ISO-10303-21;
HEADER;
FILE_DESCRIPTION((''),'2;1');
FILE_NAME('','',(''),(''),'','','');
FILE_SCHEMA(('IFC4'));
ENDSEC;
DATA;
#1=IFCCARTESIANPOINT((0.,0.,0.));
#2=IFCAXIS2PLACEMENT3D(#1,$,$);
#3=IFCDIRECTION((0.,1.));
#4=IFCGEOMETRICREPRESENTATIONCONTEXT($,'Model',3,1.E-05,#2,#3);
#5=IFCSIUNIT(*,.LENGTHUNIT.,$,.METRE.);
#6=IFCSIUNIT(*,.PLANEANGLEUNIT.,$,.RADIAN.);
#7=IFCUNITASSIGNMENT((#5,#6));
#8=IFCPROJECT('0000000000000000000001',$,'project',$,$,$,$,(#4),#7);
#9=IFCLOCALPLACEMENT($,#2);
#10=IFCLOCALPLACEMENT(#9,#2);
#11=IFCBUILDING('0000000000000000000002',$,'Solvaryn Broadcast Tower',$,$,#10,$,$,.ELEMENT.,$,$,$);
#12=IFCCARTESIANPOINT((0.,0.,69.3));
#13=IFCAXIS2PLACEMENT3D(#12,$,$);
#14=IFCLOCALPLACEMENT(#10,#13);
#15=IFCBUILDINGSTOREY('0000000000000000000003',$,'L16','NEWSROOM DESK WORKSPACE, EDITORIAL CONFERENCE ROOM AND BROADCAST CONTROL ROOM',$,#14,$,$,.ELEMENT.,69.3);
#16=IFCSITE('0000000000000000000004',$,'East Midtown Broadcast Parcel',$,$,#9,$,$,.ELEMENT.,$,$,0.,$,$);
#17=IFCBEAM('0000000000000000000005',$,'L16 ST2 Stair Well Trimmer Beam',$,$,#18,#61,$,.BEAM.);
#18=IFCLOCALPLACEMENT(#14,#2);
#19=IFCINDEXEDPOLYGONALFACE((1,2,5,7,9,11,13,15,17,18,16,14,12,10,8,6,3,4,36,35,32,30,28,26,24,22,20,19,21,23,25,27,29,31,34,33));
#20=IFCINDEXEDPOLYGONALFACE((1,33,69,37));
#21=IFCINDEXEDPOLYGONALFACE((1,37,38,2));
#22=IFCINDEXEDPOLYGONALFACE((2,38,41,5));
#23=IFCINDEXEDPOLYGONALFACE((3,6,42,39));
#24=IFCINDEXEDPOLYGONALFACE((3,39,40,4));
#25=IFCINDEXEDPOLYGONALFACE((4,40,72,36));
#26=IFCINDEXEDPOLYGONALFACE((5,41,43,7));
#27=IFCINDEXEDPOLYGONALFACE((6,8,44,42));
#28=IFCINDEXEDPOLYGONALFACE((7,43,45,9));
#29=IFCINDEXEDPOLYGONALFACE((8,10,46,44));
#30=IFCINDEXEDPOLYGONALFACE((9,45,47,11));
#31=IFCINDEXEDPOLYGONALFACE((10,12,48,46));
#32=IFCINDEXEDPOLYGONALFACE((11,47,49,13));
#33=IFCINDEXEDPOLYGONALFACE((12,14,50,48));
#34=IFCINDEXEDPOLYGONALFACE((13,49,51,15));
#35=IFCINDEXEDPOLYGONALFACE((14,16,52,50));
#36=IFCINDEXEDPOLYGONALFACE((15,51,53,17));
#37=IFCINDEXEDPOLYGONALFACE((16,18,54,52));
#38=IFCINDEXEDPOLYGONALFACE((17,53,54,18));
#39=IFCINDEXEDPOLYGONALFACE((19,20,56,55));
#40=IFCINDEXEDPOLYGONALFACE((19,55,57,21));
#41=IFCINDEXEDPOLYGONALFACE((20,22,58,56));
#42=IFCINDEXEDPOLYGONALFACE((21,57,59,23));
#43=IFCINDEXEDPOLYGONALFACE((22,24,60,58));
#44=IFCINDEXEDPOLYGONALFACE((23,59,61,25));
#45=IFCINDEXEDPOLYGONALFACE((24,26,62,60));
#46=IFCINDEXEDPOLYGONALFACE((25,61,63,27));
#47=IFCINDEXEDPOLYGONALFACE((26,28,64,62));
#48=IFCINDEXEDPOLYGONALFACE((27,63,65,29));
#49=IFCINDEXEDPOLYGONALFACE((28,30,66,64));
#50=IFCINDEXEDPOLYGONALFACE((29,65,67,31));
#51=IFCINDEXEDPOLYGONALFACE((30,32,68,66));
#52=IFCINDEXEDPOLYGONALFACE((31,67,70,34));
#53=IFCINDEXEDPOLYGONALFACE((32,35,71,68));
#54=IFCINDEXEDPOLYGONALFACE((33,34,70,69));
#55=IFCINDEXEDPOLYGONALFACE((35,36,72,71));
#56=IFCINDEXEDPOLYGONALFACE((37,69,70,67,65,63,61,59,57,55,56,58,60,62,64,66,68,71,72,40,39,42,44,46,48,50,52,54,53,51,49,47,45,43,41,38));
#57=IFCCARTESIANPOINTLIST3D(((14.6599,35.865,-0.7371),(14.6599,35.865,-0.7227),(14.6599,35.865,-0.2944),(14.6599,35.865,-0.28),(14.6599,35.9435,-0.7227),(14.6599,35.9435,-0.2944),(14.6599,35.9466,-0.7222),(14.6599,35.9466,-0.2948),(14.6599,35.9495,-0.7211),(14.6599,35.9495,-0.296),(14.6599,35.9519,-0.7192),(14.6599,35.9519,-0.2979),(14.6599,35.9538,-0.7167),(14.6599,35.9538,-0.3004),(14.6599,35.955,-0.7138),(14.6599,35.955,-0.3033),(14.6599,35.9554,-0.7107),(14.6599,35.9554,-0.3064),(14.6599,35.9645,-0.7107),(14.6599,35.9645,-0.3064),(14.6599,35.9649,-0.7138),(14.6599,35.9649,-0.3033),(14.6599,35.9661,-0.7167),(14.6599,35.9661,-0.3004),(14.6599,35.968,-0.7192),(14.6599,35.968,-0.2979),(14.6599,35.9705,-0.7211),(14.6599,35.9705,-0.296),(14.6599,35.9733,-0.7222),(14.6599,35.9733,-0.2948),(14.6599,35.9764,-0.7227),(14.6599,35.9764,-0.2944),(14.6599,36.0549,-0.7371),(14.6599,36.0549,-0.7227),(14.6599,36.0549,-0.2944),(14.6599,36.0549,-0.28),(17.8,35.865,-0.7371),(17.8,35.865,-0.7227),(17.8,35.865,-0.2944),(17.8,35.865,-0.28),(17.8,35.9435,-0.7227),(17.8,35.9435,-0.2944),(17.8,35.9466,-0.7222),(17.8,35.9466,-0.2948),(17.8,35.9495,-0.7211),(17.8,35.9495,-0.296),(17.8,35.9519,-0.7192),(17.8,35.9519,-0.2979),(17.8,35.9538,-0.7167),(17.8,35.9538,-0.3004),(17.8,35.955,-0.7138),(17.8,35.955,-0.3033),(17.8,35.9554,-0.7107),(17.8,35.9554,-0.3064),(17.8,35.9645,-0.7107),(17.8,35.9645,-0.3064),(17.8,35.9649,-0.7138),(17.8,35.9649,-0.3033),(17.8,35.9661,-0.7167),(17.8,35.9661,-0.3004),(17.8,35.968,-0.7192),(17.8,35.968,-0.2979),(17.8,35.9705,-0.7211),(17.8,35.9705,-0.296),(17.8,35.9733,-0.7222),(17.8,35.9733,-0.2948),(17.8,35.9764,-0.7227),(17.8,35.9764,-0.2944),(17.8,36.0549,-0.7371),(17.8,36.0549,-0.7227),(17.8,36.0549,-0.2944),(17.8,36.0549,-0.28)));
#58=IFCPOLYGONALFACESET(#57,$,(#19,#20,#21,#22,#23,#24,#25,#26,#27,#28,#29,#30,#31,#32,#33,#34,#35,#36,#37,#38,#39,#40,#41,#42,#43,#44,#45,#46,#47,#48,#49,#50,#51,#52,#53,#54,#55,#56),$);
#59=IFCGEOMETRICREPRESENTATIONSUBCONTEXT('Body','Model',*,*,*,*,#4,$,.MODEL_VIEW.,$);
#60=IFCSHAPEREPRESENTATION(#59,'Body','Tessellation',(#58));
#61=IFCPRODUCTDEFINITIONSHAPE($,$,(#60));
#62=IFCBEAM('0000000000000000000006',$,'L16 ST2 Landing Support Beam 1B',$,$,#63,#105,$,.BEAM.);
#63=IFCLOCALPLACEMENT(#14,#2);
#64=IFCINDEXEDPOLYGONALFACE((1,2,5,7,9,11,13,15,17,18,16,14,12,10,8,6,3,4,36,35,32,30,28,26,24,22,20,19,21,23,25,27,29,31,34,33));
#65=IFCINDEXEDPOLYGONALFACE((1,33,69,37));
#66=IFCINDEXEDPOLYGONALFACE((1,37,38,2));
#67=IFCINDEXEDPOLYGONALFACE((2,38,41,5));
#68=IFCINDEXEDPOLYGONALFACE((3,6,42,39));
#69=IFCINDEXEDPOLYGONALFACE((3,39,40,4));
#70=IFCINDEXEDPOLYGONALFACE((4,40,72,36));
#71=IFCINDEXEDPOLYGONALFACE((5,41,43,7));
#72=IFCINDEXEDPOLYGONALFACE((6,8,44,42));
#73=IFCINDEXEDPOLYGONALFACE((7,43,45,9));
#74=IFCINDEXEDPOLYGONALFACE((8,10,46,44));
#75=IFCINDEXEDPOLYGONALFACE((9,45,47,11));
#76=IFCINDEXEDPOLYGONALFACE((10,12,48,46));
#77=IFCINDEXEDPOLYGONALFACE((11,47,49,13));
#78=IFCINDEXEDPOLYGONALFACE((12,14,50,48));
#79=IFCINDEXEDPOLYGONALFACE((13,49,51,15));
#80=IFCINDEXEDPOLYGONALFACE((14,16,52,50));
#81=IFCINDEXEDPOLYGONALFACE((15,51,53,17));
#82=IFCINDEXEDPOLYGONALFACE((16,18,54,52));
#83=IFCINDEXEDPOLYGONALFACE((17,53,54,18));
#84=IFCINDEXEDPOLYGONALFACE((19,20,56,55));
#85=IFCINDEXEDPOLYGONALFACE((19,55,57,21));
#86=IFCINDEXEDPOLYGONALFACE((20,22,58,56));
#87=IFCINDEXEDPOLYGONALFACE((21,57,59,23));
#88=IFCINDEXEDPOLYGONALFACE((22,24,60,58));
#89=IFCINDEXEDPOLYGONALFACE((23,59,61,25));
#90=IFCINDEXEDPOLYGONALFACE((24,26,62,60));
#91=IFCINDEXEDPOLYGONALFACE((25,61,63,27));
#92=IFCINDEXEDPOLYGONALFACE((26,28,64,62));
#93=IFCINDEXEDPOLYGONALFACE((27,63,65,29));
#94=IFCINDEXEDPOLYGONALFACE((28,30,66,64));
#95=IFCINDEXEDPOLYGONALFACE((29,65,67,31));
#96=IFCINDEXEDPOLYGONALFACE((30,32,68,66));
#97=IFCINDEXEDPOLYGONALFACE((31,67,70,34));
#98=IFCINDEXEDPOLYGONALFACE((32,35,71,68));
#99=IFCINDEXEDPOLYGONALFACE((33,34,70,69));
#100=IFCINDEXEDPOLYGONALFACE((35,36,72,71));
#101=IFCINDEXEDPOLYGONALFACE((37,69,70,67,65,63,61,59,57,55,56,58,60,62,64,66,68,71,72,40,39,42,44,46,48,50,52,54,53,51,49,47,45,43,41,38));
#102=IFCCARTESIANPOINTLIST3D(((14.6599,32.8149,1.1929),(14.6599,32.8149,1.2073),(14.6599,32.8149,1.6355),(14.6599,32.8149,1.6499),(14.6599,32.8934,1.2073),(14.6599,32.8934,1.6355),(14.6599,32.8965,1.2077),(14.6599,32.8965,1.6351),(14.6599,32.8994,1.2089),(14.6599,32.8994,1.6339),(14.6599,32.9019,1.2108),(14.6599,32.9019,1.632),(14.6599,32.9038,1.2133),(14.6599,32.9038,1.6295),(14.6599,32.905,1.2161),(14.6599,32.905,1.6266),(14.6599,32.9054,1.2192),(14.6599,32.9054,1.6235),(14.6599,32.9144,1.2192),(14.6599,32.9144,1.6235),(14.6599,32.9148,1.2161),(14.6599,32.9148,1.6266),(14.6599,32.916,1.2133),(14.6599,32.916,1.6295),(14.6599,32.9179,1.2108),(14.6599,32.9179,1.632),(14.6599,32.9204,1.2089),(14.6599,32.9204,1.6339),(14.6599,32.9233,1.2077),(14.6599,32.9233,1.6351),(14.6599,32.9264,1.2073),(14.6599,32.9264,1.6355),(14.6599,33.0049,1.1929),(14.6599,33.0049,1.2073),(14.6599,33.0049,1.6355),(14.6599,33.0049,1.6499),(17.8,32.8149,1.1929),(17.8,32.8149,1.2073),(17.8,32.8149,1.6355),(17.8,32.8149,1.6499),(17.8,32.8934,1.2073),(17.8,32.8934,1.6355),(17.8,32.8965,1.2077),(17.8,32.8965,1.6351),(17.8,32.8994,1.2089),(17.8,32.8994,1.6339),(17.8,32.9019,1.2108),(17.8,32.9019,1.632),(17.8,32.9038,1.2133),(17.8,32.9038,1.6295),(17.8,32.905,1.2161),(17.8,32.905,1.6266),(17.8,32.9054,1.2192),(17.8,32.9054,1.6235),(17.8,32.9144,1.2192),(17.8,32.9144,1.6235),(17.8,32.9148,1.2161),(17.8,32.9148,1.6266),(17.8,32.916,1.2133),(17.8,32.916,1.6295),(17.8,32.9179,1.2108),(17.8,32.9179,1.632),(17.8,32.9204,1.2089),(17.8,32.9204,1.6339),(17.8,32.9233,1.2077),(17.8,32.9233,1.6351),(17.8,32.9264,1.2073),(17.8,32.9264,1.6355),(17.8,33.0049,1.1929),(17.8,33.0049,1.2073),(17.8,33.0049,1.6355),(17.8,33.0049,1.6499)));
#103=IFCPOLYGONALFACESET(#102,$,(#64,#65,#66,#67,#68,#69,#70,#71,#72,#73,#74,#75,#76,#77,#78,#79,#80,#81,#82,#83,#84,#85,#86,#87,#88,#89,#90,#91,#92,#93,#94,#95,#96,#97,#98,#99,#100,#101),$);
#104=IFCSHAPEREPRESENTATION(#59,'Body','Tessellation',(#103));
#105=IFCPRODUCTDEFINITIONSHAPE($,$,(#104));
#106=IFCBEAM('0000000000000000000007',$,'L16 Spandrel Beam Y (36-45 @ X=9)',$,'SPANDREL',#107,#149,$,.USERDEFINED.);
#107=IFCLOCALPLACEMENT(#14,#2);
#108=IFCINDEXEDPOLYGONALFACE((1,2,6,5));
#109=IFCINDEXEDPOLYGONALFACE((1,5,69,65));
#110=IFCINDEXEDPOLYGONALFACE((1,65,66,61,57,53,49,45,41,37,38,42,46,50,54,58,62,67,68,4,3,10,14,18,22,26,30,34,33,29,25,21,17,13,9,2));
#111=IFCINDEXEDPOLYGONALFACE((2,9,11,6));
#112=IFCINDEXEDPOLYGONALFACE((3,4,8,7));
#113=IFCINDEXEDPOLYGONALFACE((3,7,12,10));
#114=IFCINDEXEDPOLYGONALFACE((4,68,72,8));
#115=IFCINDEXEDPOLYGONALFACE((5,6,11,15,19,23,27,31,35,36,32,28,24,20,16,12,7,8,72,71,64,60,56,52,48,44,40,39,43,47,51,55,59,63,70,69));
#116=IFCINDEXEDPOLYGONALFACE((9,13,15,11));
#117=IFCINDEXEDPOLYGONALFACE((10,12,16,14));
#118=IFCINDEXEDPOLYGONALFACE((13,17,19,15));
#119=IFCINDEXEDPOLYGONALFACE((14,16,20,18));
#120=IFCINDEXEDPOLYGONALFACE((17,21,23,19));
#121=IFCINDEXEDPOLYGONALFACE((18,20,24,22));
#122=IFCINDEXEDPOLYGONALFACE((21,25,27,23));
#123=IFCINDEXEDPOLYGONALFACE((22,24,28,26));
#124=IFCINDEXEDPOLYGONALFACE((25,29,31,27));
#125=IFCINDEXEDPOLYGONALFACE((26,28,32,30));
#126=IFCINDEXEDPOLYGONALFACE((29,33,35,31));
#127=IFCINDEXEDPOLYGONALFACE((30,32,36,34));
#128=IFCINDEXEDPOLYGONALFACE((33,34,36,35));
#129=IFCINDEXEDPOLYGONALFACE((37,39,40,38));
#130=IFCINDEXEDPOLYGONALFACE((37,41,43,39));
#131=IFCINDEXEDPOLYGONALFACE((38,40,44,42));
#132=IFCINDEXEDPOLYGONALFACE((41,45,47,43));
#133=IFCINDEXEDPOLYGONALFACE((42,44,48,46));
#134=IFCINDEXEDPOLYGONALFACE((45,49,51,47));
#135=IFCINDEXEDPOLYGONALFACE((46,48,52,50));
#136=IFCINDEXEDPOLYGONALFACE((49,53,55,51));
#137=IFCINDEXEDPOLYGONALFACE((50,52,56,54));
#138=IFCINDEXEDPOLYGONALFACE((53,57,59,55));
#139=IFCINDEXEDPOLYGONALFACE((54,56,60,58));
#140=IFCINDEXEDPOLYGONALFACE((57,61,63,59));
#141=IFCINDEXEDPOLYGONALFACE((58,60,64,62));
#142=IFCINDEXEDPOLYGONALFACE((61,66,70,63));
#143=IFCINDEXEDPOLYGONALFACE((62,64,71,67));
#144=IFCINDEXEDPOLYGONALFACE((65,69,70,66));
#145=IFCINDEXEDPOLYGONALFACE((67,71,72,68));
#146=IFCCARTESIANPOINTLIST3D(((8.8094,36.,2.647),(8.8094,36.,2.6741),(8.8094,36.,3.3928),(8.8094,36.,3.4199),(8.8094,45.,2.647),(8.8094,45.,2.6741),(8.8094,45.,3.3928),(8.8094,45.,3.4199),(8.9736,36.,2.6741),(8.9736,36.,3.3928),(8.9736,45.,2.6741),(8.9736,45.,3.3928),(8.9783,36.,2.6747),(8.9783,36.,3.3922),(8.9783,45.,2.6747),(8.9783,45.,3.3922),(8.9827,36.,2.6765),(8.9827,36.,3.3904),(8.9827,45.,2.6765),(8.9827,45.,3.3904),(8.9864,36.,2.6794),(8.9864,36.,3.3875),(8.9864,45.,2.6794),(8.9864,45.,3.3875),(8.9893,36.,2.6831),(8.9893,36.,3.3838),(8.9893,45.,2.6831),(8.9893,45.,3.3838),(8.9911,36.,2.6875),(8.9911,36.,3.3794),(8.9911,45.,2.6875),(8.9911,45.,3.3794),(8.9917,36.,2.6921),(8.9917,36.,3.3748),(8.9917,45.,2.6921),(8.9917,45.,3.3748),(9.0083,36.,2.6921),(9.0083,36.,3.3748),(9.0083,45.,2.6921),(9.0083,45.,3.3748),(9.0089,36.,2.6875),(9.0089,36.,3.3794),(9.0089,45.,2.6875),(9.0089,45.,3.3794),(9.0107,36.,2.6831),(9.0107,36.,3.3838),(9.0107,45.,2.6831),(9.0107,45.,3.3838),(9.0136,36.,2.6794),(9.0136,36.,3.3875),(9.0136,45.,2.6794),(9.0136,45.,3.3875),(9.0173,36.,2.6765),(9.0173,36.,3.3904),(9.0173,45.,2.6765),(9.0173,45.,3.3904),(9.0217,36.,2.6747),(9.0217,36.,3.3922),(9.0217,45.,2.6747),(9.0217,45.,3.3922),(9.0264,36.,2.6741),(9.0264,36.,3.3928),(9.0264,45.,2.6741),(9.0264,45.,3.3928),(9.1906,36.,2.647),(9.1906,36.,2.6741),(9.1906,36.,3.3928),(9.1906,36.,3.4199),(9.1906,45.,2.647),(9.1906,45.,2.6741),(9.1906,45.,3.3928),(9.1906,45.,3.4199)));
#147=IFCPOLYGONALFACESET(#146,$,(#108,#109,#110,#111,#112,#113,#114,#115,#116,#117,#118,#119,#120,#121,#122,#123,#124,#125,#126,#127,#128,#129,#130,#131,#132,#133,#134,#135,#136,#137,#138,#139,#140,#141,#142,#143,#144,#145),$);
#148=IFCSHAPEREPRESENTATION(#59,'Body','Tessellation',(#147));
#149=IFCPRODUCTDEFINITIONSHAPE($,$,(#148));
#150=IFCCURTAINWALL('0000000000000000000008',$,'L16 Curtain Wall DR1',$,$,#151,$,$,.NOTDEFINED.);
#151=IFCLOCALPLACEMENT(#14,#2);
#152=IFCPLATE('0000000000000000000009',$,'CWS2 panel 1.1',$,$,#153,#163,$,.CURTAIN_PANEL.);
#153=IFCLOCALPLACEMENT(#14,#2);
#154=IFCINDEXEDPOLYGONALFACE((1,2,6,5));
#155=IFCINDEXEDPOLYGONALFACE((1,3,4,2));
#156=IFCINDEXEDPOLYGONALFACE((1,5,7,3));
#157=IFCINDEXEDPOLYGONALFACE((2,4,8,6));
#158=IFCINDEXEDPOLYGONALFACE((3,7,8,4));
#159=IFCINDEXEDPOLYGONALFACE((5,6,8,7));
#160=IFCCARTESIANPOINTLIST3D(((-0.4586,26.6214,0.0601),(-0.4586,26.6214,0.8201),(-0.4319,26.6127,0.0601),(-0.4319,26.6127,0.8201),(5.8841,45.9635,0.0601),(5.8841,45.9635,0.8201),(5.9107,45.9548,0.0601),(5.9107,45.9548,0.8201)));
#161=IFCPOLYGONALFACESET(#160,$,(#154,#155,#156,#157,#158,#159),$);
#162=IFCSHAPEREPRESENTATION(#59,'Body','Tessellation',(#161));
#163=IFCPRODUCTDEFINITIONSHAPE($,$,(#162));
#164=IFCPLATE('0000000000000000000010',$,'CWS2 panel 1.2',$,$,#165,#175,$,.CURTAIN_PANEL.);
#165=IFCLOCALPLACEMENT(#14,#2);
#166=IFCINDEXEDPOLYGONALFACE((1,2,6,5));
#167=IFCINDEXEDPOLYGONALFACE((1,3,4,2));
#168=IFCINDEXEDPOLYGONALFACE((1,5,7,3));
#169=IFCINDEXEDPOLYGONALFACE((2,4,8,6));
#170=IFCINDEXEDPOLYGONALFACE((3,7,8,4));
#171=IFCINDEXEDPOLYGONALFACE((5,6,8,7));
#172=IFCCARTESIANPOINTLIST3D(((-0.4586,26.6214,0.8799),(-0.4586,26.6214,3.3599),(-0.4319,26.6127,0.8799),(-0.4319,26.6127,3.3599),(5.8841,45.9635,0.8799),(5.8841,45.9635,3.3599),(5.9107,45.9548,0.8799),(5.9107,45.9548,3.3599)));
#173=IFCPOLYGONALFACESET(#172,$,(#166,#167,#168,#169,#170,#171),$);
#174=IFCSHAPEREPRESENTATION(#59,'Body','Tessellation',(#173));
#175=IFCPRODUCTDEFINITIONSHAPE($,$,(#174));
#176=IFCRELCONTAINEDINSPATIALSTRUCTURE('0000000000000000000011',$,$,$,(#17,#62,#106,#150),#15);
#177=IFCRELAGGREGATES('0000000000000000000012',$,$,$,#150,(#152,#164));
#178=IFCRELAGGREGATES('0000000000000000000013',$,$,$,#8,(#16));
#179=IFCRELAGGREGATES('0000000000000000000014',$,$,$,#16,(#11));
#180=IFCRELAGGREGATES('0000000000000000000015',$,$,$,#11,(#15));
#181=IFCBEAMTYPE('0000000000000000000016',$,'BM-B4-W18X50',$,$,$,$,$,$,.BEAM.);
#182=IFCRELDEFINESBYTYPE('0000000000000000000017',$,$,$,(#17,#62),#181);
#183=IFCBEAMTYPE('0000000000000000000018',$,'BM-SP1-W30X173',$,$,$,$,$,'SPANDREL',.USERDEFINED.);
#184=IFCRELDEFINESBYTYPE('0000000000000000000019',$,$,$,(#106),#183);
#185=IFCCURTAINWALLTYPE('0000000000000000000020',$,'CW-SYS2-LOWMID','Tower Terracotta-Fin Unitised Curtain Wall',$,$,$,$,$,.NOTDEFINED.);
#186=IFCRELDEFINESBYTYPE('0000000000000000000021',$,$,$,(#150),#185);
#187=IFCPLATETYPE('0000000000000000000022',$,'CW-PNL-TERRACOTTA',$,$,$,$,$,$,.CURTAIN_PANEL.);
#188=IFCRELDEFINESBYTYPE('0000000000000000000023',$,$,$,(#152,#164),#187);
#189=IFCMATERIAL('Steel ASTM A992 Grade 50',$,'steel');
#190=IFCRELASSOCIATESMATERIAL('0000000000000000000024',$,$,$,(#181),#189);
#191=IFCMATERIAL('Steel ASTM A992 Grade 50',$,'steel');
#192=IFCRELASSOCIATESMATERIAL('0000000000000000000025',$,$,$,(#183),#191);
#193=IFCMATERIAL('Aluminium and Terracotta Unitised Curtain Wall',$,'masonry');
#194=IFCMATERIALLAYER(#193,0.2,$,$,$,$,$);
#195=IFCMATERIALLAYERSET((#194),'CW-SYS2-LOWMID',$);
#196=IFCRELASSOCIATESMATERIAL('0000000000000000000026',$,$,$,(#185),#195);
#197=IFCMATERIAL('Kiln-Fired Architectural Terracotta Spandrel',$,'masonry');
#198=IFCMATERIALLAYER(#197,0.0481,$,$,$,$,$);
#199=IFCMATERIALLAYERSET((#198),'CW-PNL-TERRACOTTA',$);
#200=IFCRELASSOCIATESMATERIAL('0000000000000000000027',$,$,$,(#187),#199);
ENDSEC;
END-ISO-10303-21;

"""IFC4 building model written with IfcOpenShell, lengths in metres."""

from ifc_helpers import new_model, si_unit, direction, frame, origin, origin_2d, place, context, subcontext, project, spatial, rectangle, i_section, extrude, material, layer, layer_set, material_profile, profile_set, type_object, element, aggregate, save


model = new_model("IFC4")

# Units and contexts
model_context = context("Model", 3, precision=1e-05, world=origin(), true_north=direction((0.0, 1.0)))
body_context = subcontext(model_context, "Body", "Model", "MODEL_VIEW")
ifc_project = project(units=[si_unit("LENGTHUNIT", "METRE"), si_unit("PLANEANGLEUNIT", "RADIAN")], contexts=[model_context])

# Site, building, storey
site_placement = place(None, origin())
site = spatial("IfcSite", under=ifc_project, at=site_placement, Name="East Midtown Broadcast Parcel", CompositionType="ELEMENT", RefElevation=0.0)
building_placement = place(site_placement, origin())
building = spatial("IfcBuilding", under=site, at=building_placement, Name="Solvaryn Broadcast Tower", CompositionType="ELEMENT")
storey_placement = place(building_placement, frame((0.0, 0.0, 69.3)))
storey = spatial("IfcBuildingStorey", under=building, at=storey_placement, Name="L16", Description="NEWSROOM DESK WORKSPACE, EDITORIAL CONFERENCE ROOM AND BROADCAST CONTROL ROOM", CompositionType="ELEMENT", Elevation=69.3)

# Beams
ifc_material_1 = material(Name="Steel ASTM A992 Grade 50", Category="steel")
ifc_material_profile_1 = material_profile(ifc_material_1, i_section(OverallWidth=0.1899, OverallDepth=0.457, WebThickness=0.009, FlangeThickness=0.0144, FilletRadius=0.012, at=origin_2d()))
ifc_profile_set_1 = profile_set([ifc_material_profile_1], Name="Steel ASTM A992 Grade 50")
beam_type_1 = type_object("IfcBeamType", Name="BM-B4-W18X50", PredefinedType="BEAM", material=ifc_profile_set_1)
for number, where, z_axis, x_axis, name in (
    (1, (14.6599, 35.96, -0.5085), (1.0, 0.0, 0.0), (0.0, 1.0, 0.0), "L16 ST2 Stair Well Trimmer Beam"),
    (2, (14.6599, 32.9099, 1.4214), (1.0, 0.0, 0.0), (0.0, 1.0, 0.0), "L16 ST2 Landing Support Beam 1B"),
):
    element("IfcBeam", number, at=place(storey_placement, frame(where, z_axis=z_axis, x_axis=x_axis)), inside=storey, type_object=beam_type_1, Name=name, PredefinedType="BEAM", context=body_context, shape_type="SweptSolid", body=[
        extrude(i_section(OverallWidth=0.1899, OverallDepth=0.457, WebThickness=0.009, FlangeThickness=0.0144, FilletRadius=0.012, at=origin_2d()), origin(), (0.0, 0.0, 1.0), 3.1401),
    ])
ifc_material_2 = material(Name="Steel ASTM A992 Grade 50", Category="steel")
ifc_material_profile_2 = material_profile(ifc_material_2, i_section(OverallWidth=0.3811, OverallDepth=0.7729, WebThickness=0.0166, FlangeThickness=0.0271, FilletRadius=0.0181, at=origin_2d()))
ifc_profile_set_2 = profile_set([ifc_material_profile_2], Name="Steel ASTM A992 Grade 50")
beam_type_2 = type_object("IfcBeamType", Name="BM-SP1-W30X173", ElementType="SPANDREL", PredefinedType="USERDEFINED", material=ifc_profile_set_2)
beam_1_placement = place(storey_placement, frame((9.0, 36.0, 3.0334), z_axis=(0.0, 1.0, 0.0), x_axis=(-1.0, 0.0, 0.0)))
element("IfcBeam", 3, at=beam_1_placement, inside=storey, type_object=beam_type_2, Name="L16 Spandrel Beam Y (36-45 @ X=9)", ObjectType="SPANDREL", PredefinedType="USERDEFINED", context=body_context, shape_type="SweptSolid", body=[
    extrude(i_section(OverallWidth=0.3811, OverallDepth=0.7729, WebThickness=0.0166, FlangeThickness=0.0271, FilletRadius=0.0181, at=origin_2d()), origin(), (0.0, 0.0, 1.0), 9.0),
])

# Curtain wall, plates
ifc_material_3 = material(Name="Aluminium and Terracotta Unitised Curtain Wall", Category="masonry")
ifc_layer_1 = layer(ifc_material_3, 0.2)
ifc_layer_set_1 = layer_set([ifc_layer_1], Name="CW-SYS2-LOWMID")
curtain_wall_type = type_object("IfcCurtainWallType", Name="CW-SYS2-LOWMID", Description="Tower Terracotta-Fin Unitised Curtain Wall", PredefinedType="NOTDEFINED", material=ifc_layer_set_1)
curtain_wall_placement = place(storey_placement, origin())
curtain_wall = element("IfcCurtainWall", 4, at=curtain_wall_placement, inside=storey, type_object=curtain_wall_type, Name="L16 Curtain Wall DR1", PredefinedType="NOTDEFINED")
ifc_material_4 = material(Name="Kiln-Fired Architectural Terracotta Spandrel", Category="masonry")
ifc_layer_2 = layer(ifc_material_4, 0.0481)
ifc_layer_set_2 = layer_set([ifc_layer_2], Name="CW-PNL-TERRACOTTA")
plate_type = type_object("IfcPlateType", Name="CW-PNL-TERRACOTTA", PredefinedType="CURTAIN_PANEL", material=ifc_layer_set_2)
plate_1_placement = place(storey_placement, frame((2.7261, 36.2881, 0.0601), z_axis=(0.0, 0.0, 1.0), x_axis=(-0.311594, -0.950215, 0.0)))
plate_1 = element("IfcPlate", 5, at=plate_1_placement, type_object=plate_type, Name="CWS2 panel 1.1", PredefinedType="CURTAIN_PANEL", context=body_context, shape_type="SweptSolid", body=[
    extrude(rectangle(XDim=20.3555, YDim=0.0281, at=origin_2d()), origin(), (0.0, 0.0, 1.0), 0.76),
])
plate_2_placement = place(storey_placement, frame((2.7261, 36.2881, 0.8799), z_axis=(0.0, 0.0, 1.0), x_axis=(-0.311594, -0.950215, 0.0)))
plate_2 = element("IfcPlate", 6, at=plate_2_placement, type_object=plate_type, Name="CWS2 panel 1.2", PredefinedType="CURTAIN_PANEL", context=body_context, shape_type="SweptSolid", body=[
    extrude(rectangle(XDim=20.3555, YDim=0.0281, at=origin_2d()), origin(), (0.0, 0.0, 1.0), 2.48),
])
aggregate(curtain_wall, [plate_1, plate_2])

save(model, "model.ifc")
